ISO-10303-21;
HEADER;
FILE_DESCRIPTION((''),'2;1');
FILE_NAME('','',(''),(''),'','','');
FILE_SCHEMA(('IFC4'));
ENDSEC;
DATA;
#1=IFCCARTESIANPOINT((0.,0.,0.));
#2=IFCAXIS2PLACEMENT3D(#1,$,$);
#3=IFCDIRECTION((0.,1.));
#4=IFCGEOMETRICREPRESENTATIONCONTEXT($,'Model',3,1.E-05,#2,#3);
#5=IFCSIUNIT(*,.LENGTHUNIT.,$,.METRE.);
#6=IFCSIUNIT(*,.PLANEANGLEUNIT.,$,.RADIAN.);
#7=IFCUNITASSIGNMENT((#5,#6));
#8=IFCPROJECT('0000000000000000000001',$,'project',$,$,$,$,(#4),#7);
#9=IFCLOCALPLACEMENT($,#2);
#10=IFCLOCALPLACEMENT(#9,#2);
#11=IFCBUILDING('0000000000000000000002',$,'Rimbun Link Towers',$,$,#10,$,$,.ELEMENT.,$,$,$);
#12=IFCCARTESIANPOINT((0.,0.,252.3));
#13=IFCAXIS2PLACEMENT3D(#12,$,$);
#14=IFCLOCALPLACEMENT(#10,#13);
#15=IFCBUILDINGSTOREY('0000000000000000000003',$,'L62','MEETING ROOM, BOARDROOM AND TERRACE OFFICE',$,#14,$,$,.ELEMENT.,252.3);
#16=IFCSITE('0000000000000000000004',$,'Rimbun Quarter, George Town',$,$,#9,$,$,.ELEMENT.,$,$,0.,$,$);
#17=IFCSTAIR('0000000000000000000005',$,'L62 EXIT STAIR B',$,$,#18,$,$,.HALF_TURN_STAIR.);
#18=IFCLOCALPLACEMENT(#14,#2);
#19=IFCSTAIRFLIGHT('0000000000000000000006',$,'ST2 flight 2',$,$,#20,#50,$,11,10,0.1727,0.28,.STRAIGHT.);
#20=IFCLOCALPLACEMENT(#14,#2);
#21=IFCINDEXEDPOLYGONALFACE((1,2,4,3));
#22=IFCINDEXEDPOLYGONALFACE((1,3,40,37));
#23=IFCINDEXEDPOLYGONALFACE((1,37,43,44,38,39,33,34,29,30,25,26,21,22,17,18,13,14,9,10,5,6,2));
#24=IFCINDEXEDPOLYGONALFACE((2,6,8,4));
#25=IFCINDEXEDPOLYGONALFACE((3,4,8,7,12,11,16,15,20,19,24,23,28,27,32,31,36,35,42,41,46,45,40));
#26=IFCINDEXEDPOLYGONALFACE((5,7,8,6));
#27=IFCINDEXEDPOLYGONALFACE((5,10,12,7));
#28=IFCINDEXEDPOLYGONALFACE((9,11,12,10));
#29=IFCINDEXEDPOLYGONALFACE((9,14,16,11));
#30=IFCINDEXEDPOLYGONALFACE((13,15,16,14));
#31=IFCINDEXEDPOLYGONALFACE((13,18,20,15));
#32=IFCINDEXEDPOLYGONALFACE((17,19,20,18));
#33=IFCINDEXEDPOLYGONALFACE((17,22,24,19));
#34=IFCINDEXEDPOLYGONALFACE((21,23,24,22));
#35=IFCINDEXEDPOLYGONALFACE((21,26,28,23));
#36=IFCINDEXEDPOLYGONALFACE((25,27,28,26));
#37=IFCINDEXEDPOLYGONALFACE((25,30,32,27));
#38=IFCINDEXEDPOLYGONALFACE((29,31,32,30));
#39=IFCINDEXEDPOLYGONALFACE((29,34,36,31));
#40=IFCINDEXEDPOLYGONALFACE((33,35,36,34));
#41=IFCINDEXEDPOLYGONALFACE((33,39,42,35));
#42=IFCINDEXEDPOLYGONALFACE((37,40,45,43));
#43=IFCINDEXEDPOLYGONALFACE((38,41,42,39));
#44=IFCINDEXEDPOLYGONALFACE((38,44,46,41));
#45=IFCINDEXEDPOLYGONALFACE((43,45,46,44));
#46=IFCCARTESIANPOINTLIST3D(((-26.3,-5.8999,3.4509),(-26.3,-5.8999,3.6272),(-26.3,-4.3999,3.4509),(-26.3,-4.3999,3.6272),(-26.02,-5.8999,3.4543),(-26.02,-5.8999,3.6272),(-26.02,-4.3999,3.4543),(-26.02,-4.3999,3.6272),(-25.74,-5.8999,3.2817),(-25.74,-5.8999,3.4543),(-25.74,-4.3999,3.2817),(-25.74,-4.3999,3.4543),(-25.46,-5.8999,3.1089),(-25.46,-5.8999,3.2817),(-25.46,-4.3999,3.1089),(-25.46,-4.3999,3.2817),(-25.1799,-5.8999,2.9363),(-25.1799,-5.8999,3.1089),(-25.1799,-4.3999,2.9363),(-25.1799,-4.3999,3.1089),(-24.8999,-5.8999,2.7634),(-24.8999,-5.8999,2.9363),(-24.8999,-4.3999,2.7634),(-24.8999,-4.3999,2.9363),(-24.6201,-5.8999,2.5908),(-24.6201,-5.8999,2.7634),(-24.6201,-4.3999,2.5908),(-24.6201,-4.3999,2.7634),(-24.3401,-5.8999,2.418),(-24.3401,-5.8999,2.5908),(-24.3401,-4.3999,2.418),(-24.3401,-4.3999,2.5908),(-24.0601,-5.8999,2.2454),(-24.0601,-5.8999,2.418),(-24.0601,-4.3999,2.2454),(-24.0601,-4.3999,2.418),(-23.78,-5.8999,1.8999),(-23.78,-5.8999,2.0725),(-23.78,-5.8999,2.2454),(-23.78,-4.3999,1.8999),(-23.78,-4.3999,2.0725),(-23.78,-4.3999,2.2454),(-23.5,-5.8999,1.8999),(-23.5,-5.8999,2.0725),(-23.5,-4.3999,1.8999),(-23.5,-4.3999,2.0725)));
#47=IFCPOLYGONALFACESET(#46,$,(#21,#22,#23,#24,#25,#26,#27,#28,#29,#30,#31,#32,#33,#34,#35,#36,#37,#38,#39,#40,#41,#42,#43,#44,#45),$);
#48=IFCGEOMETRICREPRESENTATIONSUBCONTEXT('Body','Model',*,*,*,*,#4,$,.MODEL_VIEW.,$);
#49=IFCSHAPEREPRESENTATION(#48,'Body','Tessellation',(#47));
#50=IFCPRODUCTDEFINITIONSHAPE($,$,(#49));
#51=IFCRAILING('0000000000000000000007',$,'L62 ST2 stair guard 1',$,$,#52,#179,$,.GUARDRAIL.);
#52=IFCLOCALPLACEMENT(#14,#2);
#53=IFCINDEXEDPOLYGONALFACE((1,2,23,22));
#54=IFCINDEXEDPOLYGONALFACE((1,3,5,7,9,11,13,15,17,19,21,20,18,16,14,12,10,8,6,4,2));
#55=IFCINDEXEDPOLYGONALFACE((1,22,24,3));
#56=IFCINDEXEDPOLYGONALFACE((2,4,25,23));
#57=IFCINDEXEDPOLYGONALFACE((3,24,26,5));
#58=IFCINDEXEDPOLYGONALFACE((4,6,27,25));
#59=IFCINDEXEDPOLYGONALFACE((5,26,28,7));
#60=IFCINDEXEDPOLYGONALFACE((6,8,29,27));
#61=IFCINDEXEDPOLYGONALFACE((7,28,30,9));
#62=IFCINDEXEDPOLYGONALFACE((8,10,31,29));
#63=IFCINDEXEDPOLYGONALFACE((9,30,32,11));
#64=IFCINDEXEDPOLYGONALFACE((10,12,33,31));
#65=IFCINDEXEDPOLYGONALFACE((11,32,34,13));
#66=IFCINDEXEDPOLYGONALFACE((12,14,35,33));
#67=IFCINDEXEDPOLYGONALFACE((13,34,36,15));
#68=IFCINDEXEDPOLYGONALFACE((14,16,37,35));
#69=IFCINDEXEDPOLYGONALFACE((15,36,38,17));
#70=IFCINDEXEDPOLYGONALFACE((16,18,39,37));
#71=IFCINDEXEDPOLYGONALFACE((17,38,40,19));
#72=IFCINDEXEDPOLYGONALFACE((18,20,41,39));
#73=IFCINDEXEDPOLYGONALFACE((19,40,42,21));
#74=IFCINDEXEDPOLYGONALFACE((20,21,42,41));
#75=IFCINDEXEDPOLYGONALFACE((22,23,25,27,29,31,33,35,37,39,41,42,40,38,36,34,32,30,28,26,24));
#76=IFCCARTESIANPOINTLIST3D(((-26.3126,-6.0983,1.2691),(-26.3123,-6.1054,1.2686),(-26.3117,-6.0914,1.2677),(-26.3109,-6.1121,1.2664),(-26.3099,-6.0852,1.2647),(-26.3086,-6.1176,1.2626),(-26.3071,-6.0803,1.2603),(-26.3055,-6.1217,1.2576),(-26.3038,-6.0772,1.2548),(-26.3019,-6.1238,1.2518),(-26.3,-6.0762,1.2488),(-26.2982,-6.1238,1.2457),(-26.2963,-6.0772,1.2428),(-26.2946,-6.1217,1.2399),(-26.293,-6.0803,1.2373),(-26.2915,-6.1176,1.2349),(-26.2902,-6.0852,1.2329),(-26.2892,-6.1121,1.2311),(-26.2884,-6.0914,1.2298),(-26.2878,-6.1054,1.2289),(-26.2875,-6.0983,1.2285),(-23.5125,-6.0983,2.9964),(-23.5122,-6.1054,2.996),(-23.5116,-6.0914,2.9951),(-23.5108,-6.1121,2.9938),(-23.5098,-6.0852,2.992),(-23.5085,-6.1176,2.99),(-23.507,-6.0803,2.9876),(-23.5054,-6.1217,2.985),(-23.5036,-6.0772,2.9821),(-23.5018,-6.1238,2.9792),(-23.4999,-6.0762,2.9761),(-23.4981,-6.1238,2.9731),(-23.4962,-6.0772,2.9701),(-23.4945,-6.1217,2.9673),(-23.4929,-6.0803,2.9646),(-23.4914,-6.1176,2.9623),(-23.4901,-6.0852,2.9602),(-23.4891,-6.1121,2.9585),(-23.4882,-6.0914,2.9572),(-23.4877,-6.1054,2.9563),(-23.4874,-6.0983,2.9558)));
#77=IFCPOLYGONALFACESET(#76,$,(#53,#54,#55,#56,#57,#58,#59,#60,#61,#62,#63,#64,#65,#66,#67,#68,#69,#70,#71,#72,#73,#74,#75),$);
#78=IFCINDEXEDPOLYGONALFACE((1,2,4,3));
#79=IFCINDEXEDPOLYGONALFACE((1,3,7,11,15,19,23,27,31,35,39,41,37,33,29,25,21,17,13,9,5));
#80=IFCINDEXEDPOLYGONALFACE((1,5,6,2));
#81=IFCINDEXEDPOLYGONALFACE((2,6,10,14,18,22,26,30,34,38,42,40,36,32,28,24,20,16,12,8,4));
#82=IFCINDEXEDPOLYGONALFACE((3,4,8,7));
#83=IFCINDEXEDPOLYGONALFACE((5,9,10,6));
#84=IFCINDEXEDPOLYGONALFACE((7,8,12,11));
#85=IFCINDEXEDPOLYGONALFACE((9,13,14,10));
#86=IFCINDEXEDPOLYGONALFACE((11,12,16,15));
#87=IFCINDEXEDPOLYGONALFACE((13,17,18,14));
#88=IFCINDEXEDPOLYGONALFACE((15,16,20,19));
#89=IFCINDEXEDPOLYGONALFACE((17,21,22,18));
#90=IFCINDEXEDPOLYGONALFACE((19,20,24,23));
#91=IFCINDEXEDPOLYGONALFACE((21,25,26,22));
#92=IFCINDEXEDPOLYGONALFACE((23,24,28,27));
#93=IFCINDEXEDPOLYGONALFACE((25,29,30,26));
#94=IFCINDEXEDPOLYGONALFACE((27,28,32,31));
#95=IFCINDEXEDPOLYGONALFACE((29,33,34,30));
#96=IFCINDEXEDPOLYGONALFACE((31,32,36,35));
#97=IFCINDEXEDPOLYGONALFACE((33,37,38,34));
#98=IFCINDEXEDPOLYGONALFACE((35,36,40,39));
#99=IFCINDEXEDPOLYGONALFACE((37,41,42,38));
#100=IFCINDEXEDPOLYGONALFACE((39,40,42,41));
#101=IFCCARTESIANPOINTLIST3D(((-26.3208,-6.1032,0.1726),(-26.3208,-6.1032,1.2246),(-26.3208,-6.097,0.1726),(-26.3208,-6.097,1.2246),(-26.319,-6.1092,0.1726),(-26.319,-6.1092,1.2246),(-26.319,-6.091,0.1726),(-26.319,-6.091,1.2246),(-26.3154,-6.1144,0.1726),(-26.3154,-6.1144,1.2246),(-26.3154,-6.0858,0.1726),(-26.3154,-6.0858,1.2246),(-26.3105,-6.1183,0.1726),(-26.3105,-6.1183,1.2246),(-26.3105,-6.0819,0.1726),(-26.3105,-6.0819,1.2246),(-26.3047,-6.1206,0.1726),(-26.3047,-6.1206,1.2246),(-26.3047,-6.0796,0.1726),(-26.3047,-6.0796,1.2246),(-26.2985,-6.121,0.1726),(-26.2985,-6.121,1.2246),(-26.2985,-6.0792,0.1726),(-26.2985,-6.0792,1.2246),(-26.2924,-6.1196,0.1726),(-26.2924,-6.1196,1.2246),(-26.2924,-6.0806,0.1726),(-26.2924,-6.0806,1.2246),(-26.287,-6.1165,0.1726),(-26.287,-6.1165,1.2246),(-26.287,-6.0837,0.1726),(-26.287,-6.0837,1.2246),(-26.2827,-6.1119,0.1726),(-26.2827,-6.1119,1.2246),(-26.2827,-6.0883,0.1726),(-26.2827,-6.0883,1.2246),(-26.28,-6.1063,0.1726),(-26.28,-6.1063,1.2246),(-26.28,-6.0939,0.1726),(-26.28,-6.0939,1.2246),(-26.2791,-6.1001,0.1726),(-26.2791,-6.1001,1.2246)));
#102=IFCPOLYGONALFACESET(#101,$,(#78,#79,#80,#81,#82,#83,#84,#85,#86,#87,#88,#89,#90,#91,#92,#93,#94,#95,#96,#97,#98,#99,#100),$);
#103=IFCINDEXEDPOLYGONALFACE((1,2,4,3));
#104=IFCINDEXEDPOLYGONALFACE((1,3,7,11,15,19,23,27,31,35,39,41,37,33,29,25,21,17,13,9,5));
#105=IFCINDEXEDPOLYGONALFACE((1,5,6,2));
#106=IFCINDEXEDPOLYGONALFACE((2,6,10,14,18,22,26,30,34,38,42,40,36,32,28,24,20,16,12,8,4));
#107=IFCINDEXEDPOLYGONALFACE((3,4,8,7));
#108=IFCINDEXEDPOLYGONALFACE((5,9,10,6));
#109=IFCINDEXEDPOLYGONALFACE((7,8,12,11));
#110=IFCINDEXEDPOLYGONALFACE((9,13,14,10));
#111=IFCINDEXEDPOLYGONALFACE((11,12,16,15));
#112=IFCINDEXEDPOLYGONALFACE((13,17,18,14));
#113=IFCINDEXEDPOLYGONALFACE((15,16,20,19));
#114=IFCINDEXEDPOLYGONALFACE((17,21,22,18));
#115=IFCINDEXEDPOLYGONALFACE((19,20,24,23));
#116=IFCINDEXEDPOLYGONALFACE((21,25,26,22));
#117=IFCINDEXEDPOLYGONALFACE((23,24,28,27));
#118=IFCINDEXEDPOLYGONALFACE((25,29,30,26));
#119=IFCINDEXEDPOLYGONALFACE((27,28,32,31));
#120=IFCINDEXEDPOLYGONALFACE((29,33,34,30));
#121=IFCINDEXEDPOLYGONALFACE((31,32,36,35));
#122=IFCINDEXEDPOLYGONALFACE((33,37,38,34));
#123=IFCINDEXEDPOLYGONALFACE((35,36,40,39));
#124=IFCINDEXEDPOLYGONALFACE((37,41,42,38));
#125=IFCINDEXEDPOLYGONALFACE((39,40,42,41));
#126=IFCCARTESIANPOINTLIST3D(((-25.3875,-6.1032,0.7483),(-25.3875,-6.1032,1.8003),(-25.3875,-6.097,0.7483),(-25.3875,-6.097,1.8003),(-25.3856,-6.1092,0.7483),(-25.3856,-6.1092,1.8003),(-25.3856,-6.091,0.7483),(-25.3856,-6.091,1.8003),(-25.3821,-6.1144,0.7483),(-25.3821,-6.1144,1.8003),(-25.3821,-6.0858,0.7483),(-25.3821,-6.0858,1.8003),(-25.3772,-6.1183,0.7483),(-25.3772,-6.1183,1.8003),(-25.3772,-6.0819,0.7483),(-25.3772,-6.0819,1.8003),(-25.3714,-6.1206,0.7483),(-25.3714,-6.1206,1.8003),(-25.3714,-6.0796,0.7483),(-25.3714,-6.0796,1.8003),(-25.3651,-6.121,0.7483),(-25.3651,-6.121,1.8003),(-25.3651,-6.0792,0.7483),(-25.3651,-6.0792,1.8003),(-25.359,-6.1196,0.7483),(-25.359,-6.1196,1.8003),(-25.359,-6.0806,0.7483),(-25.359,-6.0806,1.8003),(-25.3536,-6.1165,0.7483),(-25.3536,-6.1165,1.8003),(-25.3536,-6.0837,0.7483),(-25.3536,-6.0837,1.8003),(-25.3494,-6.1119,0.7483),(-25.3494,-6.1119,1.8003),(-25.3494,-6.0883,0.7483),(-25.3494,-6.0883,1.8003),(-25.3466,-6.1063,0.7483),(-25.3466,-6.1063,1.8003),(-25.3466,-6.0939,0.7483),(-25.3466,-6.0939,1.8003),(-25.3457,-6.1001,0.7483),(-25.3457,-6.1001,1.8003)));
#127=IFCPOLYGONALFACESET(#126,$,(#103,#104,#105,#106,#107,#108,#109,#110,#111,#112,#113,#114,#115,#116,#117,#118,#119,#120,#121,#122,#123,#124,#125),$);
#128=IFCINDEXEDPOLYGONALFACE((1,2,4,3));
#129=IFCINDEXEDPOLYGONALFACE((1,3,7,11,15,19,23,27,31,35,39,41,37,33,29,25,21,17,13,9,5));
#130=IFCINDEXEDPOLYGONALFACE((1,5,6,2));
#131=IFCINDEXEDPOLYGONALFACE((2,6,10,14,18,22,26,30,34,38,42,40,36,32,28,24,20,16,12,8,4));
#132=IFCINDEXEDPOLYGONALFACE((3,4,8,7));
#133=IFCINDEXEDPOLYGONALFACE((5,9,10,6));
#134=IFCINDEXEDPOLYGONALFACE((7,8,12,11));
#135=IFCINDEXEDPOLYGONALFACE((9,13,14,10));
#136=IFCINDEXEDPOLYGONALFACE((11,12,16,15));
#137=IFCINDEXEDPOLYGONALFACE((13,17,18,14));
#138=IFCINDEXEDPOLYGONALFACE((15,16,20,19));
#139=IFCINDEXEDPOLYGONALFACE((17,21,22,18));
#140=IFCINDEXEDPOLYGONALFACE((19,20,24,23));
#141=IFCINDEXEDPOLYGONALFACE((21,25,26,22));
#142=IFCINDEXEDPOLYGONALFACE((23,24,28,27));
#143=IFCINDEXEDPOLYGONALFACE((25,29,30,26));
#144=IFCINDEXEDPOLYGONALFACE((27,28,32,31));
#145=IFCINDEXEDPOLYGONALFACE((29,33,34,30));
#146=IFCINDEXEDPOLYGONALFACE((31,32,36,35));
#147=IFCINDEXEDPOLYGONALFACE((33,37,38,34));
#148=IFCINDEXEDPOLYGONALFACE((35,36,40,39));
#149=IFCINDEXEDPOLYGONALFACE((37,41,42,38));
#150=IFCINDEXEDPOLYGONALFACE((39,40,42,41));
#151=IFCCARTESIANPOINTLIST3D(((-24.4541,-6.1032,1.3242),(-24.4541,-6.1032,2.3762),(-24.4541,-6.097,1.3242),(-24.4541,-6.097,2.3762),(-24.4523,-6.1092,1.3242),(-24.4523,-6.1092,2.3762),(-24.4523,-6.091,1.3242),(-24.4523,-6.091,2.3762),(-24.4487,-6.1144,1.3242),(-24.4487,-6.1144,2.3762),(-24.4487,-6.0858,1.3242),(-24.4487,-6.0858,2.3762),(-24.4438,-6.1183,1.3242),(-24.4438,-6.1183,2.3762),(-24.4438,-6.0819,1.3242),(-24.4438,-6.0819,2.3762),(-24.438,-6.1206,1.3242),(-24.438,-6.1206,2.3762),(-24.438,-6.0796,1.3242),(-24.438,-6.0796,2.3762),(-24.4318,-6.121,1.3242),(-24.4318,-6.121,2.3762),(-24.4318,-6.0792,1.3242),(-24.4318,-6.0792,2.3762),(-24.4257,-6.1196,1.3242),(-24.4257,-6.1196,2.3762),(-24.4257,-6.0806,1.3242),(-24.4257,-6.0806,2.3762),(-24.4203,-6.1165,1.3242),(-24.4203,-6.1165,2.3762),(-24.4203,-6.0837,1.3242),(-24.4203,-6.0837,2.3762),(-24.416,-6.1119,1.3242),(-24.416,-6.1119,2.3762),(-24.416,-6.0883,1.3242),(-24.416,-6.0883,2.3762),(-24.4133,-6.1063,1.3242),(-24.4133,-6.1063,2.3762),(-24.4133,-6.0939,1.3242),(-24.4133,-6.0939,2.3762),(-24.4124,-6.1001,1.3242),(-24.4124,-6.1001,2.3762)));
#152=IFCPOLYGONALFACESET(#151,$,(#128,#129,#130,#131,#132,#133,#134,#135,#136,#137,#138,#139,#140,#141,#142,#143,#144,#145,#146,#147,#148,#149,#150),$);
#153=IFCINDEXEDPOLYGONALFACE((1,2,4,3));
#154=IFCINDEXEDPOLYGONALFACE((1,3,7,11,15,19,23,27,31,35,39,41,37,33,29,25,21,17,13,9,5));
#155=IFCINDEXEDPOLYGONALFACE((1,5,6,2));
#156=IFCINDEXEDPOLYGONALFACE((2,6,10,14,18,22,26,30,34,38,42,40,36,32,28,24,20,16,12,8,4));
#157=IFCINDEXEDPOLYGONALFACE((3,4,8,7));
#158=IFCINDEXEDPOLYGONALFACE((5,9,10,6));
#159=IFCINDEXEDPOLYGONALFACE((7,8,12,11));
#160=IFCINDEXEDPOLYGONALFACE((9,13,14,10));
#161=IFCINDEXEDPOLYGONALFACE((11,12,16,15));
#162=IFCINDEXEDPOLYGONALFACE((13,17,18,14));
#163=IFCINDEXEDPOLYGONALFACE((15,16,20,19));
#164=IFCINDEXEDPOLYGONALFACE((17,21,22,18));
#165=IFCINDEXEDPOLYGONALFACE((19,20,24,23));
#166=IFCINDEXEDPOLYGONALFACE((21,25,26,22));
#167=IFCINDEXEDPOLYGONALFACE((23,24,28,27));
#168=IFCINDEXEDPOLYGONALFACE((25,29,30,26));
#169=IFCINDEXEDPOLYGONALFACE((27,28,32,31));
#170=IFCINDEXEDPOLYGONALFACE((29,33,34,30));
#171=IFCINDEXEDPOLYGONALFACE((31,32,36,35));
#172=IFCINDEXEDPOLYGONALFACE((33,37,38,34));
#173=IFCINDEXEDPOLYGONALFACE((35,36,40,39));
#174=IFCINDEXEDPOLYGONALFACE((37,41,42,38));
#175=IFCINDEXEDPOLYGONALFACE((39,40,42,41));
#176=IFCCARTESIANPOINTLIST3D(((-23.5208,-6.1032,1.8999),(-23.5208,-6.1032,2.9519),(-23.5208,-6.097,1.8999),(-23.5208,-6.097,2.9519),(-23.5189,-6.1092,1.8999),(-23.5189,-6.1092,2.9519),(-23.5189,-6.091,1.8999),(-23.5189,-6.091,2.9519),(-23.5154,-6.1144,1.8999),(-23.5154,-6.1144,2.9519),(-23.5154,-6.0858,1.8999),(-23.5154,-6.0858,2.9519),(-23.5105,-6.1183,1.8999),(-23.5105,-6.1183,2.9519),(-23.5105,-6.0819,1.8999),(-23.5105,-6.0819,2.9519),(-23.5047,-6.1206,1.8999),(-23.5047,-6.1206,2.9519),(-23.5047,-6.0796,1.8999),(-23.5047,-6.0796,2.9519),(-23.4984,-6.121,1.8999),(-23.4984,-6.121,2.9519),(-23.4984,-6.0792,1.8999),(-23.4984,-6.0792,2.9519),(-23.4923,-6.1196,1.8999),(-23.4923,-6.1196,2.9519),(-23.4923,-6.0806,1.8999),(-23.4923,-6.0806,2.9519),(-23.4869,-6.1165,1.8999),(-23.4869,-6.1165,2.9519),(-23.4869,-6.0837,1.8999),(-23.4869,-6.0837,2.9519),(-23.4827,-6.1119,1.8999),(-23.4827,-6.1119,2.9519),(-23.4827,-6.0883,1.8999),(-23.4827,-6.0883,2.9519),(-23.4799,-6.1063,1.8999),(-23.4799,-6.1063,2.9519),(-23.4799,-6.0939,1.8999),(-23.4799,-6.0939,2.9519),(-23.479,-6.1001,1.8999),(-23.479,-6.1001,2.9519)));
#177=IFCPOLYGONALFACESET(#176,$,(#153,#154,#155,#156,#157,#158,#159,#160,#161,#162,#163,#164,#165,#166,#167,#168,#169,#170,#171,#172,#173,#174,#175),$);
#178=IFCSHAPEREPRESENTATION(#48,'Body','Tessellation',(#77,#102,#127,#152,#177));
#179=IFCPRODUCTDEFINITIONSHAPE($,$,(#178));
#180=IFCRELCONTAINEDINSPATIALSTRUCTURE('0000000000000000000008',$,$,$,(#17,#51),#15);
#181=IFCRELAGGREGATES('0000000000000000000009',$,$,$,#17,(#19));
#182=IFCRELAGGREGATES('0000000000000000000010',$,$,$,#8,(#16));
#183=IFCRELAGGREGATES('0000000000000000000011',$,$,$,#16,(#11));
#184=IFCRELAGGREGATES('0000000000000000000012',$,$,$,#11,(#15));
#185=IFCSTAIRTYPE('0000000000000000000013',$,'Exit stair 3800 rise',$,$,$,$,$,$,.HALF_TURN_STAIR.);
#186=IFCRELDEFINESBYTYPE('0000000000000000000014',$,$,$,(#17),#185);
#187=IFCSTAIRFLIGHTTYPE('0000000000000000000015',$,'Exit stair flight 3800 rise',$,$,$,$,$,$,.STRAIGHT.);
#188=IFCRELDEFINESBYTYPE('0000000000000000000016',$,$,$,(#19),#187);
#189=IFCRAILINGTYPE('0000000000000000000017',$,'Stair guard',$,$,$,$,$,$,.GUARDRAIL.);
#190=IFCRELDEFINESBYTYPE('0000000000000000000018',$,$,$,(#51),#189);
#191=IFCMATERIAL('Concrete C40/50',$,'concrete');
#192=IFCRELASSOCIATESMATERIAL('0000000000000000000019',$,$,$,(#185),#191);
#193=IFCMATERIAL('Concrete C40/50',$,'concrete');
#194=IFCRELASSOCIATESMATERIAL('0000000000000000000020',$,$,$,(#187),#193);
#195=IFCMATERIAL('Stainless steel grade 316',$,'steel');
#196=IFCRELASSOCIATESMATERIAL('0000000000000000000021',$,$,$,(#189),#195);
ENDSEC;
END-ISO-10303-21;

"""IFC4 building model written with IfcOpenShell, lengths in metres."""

from ifc_helpers import new_model, si_unit, direction, frame, origin, origin_2d, place, context, subcontext, project, spatial, polyline, circle, outline, extrude, material, type_object, element, aggregate, save


model = new_model("IFC4")

# Units and contexts
model_context = context("Model", 3, precision=1e-05, world=origin(), true_north=direction((0.0, 1.0)))
body_context = subcontext(model_context, "Body", "Model", "MODEL_VIEW")
ifc_project = project(units=[si_unit("LENGTHUNIT", "METRE"), si_unit("PLANEANGLEUNIT", "RADIAN")], contexts=[model_context])

# Site, building, storey
site_placement = place(None, origin())
site = spatial("IfcSite", under=ifc_project, at=site_placement, Name="Rimbun Quarter, George Town", CompositionType="ELEMENT", RefElevation=0.0)
building_placement = place(site_placement, origin())
building = spatial("IfcBuilding", under=site, at=building_placement, Name="Rimbun Link Towers", CompositionType="ELEMENT")
storey_placement = place(building_placement, frame((0.0, 0.0, 252.3)))
storey = spatial("IfcBuildingStorey", under=building, at=storey_placement, Name="L62", Description="MEETING ROOM, BOARDROOM AND TERRACE OFFICE", CompositionType="ELEMENT", Elevation=252.3)

# Stair, stair flight
ifc_material_1 = material(Name="Concrete C40/50", Category="concrete")
stair_type = type_object("IfcStairType", Name="Exit stair 3800 rise", PredefinedType="HALF_TURN_STAIR", material=ifc_material_1)
stair_placement = place(storey_placement, origin())
stair = element("IfcStair", 1, at=stair_placement, inside=storey, type_object=stair_type, Name="L62 EXIT STAIR B", PredefinedType="HALF_TURN_STAIR")
ifc_material_2 = material(Name="Concrete C40/50", Category="concrete")
stair_flight_type = type_object("IfcStairFlightType", Name="Exit stair flight 3800 rise", PredefinedType="STRAIGHT", material=ifc_material_2)
stair_flight_1_placement = place(storey_placement, frame((-23.5, -5.1499, 1.8999), z_axis=(0.0, 0.0, 1.0), x_axis=(-1.0, 0.0, 0.0)))
stair_flight_1 = element("IfcStairFlight", 2, at=stair_flight_1_placement, type_object=stair_flight_type, Name="ST2 flight 2", NumberOfRisers=11, NumberOfTreads=10, PredefinedType="STRAIGHT", RiserHeight=0.1727, TreadLength=0.28, context=body_context, shape_type="SweptSolid", body=[
    extrude(outline(polyline([(0.0, 0.0), (0.0, 0.1726), (0.28, 0.1726), (0.28, 0.3455), (0.5601, 0.3455), (0.5601, 0.5181), (0.8401, 0.5181), (0.8401, 0.6909), (1.1201, 0.6909), (1.1201, 0.8635), (1.3999, 0.8635), (1.3999, 1.0364), (1.6799, 1.0364), (1.6799, 1.209), (1.96, 1.209), (1.96, 1.3818), (2.24, 1.3818), (2.24, 1.5544), (2.52, 1.5544), (2.52, 1.7273), (2.8, 1.7273), (2.8, 1.8999), (2.8, 1.551), (0.28, 0.0), (0.0, 0.0)])), frame((0.0, 0.75, 0.0), z_axis=(0.0, -1.0, 0.0), x_axis=(1.0, 0.0, 0.0)), (0.0, 0.0, 1.0), 1.5),
])
aggregate(stair, [stair_flight_1])

# Railing
ifc_material_3 = material(Name="Stainless steel grade 316", Category="steel")
railing_type_1 = type_object("IfcRailingType", Name="Stair guard", PredefinedType="GUARDRAIL", material=ifc_material_3)
railing_1_placement = place(storey_placement, frame((-26.3, -6.1001, 0.1726)))
element("IfcRailing", 3, at=railing_1_placement, inside=storey, type_object=railing_type_1, Name="L62 ST2 stair guard 1", PredefinedType="GUARDRAIL", context=body_context, shape_type="SweptSolid", body=[
    extrude(circle(Radius=0.0239, at=origin_2d()), frame((0.0, 0.0, 1.0762), z_axis=(0.85109, 0.0, 0.52502), x_axis=(0.0, 1.0, 0.0)), (0.0, 0.0, 1.0), 3.29),
    extrude(circle(Radius=0.021, at=origin_2d()), origin(), (0.0, 0.0, 1.0), 1.052),
    extrude(circle(Radius=0.021, at=origin_2d()), frame((0.9333, 0.0, 0.5757)), (0.0, 0.0, 1.0), 1.052),
    extrude(circle(Radius=0.021, at=origin_2d()), frame((1.8667, 0.0, 1.1516)), (0.0, 0.0, 1.0), 1.052),
    extrude(circle(Radius=0.021, at=origin_2d()), frame((2.8, 0.0, 1.7273)), (0.0, 0.0, 1.0), 1.052),
])

save(model, "model.ifc")
